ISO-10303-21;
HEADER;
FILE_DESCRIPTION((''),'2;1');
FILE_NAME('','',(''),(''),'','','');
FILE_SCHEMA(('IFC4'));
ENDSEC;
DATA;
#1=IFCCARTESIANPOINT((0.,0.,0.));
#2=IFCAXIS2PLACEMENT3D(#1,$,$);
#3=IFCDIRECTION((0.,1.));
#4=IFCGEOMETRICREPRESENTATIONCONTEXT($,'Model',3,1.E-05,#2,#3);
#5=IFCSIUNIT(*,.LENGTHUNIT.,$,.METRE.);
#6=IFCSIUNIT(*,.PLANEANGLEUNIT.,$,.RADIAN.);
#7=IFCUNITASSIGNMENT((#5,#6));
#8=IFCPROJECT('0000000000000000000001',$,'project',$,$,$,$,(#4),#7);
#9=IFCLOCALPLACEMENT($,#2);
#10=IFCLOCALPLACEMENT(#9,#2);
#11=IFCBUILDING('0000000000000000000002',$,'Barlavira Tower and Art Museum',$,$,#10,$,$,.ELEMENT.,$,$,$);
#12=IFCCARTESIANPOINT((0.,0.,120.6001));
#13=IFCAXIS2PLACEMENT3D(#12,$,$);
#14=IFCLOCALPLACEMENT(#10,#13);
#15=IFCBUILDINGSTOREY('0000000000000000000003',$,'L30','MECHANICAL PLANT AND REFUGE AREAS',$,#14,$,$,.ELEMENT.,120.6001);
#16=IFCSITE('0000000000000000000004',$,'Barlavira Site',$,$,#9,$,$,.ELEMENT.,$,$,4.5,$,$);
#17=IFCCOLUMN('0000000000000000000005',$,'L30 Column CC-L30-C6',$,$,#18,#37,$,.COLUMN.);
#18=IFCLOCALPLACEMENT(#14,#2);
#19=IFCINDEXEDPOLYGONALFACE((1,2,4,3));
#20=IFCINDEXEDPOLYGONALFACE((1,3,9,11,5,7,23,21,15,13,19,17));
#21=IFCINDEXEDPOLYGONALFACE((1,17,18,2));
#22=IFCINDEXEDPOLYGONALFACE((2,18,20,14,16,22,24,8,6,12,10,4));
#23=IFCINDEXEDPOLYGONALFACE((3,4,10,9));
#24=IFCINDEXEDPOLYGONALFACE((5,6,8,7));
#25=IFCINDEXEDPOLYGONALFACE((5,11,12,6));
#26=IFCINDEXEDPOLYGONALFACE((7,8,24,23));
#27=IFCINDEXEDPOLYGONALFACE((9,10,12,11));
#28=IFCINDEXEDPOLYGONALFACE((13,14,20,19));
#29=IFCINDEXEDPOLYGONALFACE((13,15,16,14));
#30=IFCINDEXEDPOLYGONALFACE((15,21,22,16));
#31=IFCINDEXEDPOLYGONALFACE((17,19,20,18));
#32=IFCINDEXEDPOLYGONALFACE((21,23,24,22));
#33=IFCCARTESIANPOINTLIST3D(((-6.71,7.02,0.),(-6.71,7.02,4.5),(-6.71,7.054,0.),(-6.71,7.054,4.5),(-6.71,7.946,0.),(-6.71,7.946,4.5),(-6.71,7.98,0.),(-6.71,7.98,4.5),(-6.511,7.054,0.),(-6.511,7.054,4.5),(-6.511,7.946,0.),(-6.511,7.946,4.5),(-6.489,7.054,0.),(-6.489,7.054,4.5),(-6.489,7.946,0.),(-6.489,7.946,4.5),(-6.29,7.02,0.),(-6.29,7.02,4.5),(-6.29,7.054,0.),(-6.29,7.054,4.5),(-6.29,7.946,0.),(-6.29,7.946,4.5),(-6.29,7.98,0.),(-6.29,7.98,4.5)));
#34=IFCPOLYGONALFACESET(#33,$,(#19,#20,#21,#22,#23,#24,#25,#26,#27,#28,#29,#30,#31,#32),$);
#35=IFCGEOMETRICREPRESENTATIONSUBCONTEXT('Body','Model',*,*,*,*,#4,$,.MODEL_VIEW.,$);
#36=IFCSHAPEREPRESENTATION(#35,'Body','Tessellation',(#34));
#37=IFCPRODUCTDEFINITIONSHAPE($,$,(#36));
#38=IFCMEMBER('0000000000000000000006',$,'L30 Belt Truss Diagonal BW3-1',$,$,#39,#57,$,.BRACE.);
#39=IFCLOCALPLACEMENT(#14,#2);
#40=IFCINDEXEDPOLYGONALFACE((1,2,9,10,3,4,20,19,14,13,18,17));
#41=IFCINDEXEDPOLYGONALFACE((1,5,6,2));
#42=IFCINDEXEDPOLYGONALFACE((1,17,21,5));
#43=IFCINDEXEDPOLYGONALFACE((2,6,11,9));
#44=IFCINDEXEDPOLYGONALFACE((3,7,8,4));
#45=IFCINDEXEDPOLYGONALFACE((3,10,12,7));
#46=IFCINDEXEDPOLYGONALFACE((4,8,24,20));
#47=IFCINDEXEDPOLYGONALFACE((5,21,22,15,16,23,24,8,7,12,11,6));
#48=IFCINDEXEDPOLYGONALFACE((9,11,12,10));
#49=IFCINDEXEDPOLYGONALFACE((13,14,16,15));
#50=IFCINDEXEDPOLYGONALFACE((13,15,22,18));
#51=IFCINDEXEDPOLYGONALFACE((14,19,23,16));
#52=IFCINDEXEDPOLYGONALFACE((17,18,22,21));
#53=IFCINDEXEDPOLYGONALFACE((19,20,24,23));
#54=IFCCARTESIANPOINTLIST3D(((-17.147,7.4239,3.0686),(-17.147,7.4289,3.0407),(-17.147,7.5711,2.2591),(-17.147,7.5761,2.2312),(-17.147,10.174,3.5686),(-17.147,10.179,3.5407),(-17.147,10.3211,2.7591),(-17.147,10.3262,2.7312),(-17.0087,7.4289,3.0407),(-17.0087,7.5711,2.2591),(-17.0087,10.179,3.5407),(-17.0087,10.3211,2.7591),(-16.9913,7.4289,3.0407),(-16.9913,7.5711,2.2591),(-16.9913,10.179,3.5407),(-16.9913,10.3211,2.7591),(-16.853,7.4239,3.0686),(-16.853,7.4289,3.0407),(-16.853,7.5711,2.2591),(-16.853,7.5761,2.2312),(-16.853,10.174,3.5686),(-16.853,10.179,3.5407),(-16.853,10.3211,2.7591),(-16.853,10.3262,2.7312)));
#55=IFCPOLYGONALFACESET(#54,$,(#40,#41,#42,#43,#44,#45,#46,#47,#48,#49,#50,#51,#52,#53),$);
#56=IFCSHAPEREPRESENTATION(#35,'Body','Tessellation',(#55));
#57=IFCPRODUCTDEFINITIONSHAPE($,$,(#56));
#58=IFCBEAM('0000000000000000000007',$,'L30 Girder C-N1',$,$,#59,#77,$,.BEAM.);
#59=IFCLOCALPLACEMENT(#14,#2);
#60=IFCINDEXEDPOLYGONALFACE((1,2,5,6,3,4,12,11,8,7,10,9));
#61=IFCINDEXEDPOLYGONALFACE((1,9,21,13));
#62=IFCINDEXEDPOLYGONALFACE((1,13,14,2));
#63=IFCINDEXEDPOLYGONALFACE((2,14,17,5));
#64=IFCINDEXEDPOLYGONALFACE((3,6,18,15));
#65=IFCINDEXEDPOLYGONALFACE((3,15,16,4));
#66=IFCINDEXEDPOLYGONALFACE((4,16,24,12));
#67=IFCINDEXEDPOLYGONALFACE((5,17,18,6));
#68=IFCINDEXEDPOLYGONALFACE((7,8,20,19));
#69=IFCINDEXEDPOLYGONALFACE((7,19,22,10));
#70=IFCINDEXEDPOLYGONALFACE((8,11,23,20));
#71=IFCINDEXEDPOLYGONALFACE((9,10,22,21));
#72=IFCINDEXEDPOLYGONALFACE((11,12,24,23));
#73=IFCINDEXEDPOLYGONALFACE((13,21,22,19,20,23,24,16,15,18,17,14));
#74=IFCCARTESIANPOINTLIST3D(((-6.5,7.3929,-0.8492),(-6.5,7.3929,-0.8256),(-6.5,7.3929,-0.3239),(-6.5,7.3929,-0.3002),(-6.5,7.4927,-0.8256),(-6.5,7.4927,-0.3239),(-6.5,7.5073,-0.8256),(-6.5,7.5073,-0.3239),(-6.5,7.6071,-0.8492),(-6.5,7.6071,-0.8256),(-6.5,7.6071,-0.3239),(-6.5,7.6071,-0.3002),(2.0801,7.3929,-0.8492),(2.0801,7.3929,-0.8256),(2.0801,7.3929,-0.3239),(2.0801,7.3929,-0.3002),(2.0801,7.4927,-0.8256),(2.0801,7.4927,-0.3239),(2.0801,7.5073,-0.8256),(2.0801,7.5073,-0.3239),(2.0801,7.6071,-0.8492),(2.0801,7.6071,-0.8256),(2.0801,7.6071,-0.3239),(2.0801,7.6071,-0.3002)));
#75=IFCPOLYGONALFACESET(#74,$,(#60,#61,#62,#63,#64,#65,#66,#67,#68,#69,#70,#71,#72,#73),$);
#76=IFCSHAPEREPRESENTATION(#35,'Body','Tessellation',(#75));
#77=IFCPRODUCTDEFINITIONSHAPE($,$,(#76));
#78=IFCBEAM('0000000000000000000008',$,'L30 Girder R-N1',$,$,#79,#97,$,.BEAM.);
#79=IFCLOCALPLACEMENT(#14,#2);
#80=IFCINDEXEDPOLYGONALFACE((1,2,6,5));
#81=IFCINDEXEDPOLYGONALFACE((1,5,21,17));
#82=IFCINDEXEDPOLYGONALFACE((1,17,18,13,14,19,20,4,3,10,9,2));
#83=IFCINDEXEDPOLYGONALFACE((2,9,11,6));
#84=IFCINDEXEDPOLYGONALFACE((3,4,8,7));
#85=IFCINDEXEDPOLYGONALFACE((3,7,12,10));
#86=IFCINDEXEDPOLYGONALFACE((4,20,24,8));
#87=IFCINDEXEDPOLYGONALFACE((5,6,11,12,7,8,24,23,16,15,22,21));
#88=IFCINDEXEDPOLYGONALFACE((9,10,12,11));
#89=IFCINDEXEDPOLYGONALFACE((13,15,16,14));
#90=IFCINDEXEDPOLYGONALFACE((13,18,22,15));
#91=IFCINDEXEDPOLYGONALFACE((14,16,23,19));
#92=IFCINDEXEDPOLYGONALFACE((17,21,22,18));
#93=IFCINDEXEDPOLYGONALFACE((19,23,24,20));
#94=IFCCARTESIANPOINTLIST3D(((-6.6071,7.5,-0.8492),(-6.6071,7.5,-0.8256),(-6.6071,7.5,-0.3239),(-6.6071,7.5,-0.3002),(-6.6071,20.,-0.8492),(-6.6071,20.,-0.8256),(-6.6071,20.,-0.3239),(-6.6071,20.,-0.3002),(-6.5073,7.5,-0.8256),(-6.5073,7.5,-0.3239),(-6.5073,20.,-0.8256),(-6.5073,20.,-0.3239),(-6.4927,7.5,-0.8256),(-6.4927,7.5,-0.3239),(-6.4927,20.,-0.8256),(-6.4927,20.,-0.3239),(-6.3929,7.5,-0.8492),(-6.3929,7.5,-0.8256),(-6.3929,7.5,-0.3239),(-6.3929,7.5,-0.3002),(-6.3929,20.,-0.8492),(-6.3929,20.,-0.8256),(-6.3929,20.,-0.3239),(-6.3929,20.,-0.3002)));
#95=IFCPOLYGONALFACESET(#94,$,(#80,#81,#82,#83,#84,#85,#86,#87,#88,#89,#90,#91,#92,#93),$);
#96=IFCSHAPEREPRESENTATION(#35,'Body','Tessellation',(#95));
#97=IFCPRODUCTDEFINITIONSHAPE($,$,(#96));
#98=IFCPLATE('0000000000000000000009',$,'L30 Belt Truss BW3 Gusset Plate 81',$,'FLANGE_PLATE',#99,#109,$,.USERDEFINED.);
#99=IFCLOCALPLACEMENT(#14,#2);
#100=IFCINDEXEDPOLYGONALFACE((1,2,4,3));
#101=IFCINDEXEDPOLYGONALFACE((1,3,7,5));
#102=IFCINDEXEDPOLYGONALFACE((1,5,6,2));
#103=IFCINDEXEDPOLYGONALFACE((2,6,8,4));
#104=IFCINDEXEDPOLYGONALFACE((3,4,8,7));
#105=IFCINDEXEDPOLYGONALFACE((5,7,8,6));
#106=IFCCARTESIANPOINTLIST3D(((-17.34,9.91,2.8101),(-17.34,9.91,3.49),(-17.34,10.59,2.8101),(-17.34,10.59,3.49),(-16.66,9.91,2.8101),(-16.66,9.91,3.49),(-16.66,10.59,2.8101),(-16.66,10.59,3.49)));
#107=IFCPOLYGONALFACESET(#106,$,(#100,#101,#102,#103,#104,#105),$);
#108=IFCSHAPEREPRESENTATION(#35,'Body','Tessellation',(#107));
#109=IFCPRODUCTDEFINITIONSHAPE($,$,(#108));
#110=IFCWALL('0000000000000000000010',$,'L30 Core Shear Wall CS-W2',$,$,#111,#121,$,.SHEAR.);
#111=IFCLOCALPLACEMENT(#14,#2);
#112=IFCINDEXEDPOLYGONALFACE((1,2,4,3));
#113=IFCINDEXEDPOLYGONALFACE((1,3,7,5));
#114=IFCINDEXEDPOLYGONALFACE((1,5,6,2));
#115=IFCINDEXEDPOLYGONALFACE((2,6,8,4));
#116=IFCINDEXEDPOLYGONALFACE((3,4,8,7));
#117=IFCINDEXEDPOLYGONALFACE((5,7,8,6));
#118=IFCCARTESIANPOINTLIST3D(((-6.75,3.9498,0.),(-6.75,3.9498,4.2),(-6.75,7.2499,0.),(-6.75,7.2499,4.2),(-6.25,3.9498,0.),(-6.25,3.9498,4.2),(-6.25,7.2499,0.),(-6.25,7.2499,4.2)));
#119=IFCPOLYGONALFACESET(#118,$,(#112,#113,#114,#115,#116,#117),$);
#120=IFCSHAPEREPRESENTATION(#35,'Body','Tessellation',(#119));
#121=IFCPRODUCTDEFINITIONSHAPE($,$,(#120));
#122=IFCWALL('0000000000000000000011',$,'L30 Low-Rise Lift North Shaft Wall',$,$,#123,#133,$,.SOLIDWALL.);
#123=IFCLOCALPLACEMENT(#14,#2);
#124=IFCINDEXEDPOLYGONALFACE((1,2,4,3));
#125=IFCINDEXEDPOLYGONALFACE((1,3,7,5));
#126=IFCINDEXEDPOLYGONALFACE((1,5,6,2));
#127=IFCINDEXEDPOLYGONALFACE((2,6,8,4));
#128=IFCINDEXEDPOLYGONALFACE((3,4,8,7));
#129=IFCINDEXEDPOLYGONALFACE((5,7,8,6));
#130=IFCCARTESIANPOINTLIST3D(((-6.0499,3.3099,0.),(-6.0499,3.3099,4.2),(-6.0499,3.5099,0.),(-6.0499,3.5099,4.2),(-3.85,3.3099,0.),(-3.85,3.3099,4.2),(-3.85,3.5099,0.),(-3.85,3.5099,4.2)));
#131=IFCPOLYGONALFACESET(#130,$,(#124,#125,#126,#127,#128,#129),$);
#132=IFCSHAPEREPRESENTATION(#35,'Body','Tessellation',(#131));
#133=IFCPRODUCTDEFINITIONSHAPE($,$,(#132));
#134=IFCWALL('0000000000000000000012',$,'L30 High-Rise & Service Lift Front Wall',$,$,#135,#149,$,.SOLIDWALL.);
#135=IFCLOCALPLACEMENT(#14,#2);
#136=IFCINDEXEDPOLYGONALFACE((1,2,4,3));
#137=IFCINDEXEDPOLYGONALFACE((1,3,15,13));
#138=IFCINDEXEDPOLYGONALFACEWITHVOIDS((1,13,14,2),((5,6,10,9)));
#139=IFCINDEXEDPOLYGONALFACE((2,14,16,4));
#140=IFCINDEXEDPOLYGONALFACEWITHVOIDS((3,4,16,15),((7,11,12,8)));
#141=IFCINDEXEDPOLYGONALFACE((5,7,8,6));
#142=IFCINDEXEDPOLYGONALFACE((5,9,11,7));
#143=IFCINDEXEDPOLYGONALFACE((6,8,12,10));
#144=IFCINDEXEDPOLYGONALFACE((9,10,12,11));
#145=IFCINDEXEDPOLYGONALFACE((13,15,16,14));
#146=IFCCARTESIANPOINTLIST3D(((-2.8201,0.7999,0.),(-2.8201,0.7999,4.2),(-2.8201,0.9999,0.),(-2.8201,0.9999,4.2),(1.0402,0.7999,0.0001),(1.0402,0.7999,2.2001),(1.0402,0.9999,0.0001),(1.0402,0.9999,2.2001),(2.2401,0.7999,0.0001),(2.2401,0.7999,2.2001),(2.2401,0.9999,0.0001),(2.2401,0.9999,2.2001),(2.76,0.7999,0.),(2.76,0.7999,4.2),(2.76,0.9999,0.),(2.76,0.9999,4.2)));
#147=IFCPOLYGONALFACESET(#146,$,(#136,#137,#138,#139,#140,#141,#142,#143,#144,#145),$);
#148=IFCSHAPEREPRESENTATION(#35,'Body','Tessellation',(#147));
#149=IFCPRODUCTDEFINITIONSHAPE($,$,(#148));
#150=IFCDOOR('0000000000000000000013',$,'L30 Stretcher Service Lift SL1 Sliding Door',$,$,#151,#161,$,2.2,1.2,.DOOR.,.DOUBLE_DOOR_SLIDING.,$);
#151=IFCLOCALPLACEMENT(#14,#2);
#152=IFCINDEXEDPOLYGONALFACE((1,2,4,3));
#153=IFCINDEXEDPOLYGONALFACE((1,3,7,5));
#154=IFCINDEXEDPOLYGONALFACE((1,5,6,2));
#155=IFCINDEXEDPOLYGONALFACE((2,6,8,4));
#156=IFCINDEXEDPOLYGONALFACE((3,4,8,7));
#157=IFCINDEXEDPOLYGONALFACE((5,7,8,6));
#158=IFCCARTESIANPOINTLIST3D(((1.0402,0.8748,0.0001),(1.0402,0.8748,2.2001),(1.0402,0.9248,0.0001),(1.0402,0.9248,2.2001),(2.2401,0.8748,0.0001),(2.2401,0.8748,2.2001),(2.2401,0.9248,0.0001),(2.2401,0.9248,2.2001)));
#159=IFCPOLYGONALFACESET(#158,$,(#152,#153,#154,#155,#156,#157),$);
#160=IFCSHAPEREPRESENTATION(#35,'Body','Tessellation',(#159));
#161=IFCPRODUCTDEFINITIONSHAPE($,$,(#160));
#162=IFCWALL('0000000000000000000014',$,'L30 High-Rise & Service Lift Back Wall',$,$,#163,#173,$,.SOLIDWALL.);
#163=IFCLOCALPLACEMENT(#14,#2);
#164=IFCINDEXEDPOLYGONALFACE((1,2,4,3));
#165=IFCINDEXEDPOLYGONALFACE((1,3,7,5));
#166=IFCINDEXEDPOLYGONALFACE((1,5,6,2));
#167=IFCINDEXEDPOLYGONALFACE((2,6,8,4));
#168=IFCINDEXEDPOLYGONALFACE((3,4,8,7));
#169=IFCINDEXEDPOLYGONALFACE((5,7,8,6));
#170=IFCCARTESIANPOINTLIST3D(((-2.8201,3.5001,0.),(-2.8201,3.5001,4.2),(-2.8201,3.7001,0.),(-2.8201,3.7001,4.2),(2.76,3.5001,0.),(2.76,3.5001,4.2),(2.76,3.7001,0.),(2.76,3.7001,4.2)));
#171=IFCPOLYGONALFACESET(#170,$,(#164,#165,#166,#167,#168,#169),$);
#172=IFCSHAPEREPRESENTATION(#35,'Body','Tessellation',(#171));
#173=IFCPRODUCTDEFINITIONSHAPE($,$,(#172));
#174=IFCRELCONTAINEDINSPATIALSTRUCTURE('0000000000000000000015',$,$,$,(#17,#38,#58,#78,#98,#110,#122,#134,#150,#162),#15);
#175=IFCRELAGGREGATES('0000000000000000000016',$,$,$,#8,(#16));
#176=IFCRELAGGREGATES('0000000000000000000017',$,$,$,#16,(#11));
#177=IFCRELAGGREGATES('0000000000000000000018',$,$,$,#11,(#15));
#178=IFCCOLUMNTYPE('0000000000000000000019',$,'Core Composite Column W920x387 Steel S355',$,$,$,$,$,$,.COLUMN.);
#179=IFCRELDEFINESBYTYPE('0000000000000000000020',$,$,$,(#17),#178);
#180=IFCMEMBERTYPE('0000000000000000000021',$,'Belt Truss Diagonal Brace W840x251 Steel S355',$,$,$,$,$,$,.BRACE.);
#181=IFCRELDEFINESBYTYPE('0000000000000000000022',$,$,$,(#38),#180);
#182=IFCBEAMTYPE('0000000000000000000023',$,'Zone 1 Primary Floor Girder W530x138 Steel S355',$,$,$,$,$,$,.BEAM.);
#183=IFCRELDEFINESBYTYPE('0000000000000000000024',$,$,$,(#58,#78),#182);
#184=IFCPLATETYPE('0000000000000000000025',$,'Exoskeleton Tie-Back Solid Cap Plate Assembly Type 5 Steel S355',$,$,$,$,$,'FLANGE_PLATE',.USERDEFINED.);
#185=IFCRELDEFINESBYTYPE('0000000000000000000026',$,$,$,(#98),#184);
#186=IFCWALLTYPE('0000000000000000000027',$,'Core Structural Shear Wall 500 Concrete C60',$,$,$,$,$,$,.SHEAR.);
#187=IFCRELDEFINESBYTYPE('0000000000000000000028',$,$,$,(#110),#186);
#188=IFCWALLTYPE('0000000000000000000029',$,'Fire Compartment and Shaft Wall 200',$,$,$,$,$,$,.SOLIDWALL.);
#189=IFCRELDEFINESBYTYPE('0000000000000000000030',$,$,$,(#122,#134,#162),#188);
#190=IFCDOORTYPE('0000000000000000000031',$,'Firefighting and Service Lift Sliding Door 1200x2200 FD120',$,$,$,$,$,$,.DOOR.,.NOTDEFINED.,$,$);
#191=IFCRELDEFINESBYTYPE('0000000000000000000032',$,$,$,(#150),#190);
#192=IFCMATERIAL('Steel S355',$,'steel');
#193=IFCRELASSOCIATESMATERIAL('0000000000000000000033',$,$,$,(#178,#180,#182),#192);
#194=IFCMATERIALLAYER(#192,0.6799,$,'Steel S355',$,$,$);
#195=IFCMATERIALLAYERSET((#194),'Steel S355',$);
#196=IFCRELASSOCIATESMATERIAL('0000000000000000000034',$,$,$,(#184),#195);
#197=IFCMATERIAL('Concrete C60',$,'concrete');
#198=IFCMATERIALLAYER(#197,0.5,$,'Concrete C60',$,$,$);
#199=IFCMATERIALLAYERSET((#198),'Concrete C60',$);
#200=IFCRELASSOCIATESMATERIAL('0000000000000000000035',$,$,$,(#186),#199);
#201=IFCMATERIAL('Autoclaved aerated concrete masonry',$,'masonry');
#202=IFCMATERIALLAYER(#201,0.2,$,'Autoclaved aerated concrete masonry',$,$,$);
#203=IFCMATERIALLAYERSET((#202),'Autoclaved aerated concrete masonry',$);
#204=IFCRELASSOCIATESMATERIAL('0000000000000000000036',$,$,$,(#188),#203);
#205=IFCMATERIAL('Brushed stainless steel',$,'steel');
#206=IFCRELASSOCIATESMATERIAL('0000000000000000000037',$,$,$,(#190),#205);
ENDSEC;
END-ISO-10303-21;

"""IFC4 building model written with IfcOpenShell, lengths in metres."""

from ifc_helpers import new_model, si_unit, direction, frame, frame_2d, origin, origin_2d, place, context, subcontext, project, spatial, rectangle, i_section, extrude, material, layer, layer_set, material_profile, profile_set, type_object, element, fill, save


model = new_model("IFC4")

# Units and contexts
model_context = context("Model", 3, precision=1e-05, world=origin(), true_north=direction((0.0, 1.0)))
body_context = subcontext(model_context, "Body", "Model", "MODEL_VIEW")
ifc_project = project(units=[si_unit("LENGTHUNIT", "METRE"), si_unit("PLANEANGLEUNIT", "RADIAN")], contexts=[model_context])

# Site, building, storey
site_placement = place(None, origin())
site = spatial("IfcSite", under=ifc_project, at=site_placement, Name="Barlavira Site", CompositionType="ELEMENT", RefElevation=4.5)
building_placement = place(site_placement, origin())
building = spatial("IfcBuilding", under=site, at=building_placement, Name="Barlavira Tower and Art Museum", CompositionType="ELEMENT")
storey_placement = place(building_placement, frame((0.0, 0.0, 120.6001)))
storey = spatial("IfcBuildingStorey", under=building, at=storey_placement, Name="L30", Description="MECHANICAL PLANT AND REFUGE AREAS", CompositionType="ELEMENT", Elevation=120.6001)

# Column
ifc_material_1 = material(Name="Steel S355", Category="steel")
ifc_material_profile_1 = material_profile(ifc_material_1, i_section(OverallWidth=0.4199, OverallDepth=0.96, WebThickness=0.022, FlangeThickness=0.0339, at=origin_2d()), Name="W920x387.0")
ifc_profile_set_1 = profile_set([ifc_material_profile_1], Name="Steel S355")
column_type = type_object("IfcColumnType", Name="Core Composite Column W920x387 Steel S355", PredefinedType="COLUMN", material=ifc_profile_set_1)
column_placement = place(storey_placement, frame((-6.5, 7.5, 0.0), z_axis=(0.0, 0.0, 1.0), x_axis=(1.0, 0.0, 0.0)))
element("IfcColumn", 1, at=column_placement, inside=storey, type_object=column_type, Name="L30 Column CC-L30-C6", PredefinedType="COLUMN", context=body_context, shape_type="SweptSolid", body=[
    extrude(i_section(OverallWidth=0.4199, OverallDepth=0.96, WebThickness=0.022, FlangeThickness=0.0339, at=origin_2d()), origin(), (0.0, 0.0, 1.0), 4.5),
])

# Member
ifc_material_profile_2 = material_profile(ifc_material_1, i_section(OverallWidth=0.2939, OverallDepth=0.8511, WebThickness=0.0173, FlangeThickness=0.0283, at=origin_2d()), Name="W840x251.0")
ifc_profile_set_2 = profile_set([ifc_material_profile_2], Name="Steel S355")
member_type = type_object("IfcMemberType", Name="Belt Truss Diagonal Brace W840x251 Steel S355", PredefinedType="BRACE", material=ifc_profile_set_2)
member_placement = place(storey_placement, frame((-17.0, 7.5, 2.6499), z_axis=(0.0, 0.98387, 0.178885), x_axis=(-1.0, 0.0, 0.0)))
element("IfcMember", 2, at=member_placement, inside=storey, type_object=member_type, Name="L30 Belt Truss Diagonal BW3-1", PredefinedType="BRACE", context=body_context, shape_type="SweptSolid", body=[
    extrude(i_section(OverallWidth=0.2939, OverallDepth=0.8511, WebThickness=0.0173, FlangeThickness=0.0283, at=origin_2d()), origin(), (0.0, 0.0, 1.0), 2.7952),
])

# Beams
ifc_material_profile_3 = material_profile(ifc_material_1, i_section(OverallWidth=0.2141, OverallDepth=0.5491, WebThickness=0.0146, FlangeThickness=0.0237, at=origin_2d()), Name="W530x138.0")
ifc_profile_set_3 = profile_set([ifc_material_profile_3], Name="Steel S355")
beam_type = type_object("IfcBeamType", Name="Zone 1 Primary Floor Girder W530x138 Steel S355", PredefinedType="BEAM", material=ifc_profile_set_3)
beam_1_placement = place(storey_placement, frame((-6.5, 7.5, -0.5747), z_axis=(1.0, 0.0, 0.0), x_axis=(0.0, 1.0, 0.0)))
element("IfcBeam", 3, at=beam_1_placement, inside=storey, type_object=beam_type, Name="L30 Girder C-N1", PredefinedType="BEAM", context=body_context, shape_type="SweptSolid", body=[
    extrude(i_section(OverallWidth=0.2141, OverallDepth=0.5491, WebThickness=0.0146, FlangeThickness=0.0237, at=origin_2d()), origin(), (0.0, 0.0, 1.0), 8.5801),
])
beam_2_placement = place(storey_placement, frame((-6.5, 7.5, -0.5747), z_axis=(0.0, 1.0, 0.0), x_axis=(-1.0, 0.0, 0.0)))
element("IfcBeam", 4, at=beam_2_placement, inside=storey, type_object=beam_type, Name="L30 Girder R-N1", PredefinedType="BEAM", context=body_context, shape_type="SweptSolid", body=[
    extrude(i_section(OverallWidth=0.2141, OverallDepth=0.5491, WebThickness=0.0146, FlangeThickness=0.0237, at=origin_2d()), origin(), (0.0, 0.0, 1.0), 12.5),
])

# Plate
ifc_layer_1 = layer(ifc_material_1, 0.6799, Name="Steel S355")
ifc_layer_set_1 = layer_set([ifc_layer_1], Name="Steel S355")
plate_type = type_object("IfcPlateType", Name="Exoskeleton Tie-Back Solid Cap Plate Assembly Type 5 Steel S355", ElementType="FLANGE_PLATE", PredefinedType="USERDEFINED", material=ifc_layer_set_1)
plate_placement = place(storey_placement, frame((-17.0, 10.25, 2.8101), z_axis=(0.0, 0.0, 1.0), x_axis=(1.0, 0.0, 0.0)))
element("IfcPlate", 5, at=plate_placement, inside=storey, type_object=plate_type, Name="L30 Belt Truss BW3 Gusset Plate 81", ObjectType="FLANGE_PLATE", PredefinedType="USERDEFINED", context=body_context, shape_type="SweptSolid", body=[
    extrude(rectangle(XDim=0.6799, YDim=0.6799, at=origin_2d()), origin(), (0.0, 0.0, 1.0), 0.6799),
])

# Shared definitions
ifc_material_2 = material(Name="Concrete C60", Category="concrete")
ifc_layer_2 = layer(ifc_material_2, 0.5, Name="Concrete C60")
ifc_layer_set_2 = layer_set([ifc_layer_2], Name="Concrete C60")
wall_type_1 = type_object("IfcWallType", Name="Core Structural Shear Wall 500 Concrete C60", PredefinedType="SHEAR", material=ifc_layer_set_2)
ifc_material_3 = material(Name="Brushed stainless steel", Category="steel")

# Walls
wall_1_placement = place(storey_placement, frame((-6.5, 3.95, 0.0), z_axis=(0.0, 0.0, 1.0), x_axis=(0.0, 1.0, 0.0)))
element("IfcWall", 6, at=wall_1_placement, inside=storey, type_object=wall_type_1, Name="L30 Core Shear Wall CS-W2", PredefinedType="SHEAR", context=body_context, shape_type="SweptSolid", body=[
    extrude(rectangle(XDim=3.3, YDim=0.5, at=frame_2d((1.6499, 0.0))), origin(), (0.0, 0.0, 1.0), 4.2),
])
ifc_material_4 = material(Name="Autoclaved aerated concrete masonry", Category="masonry")
ifc_layer_3 = layer(ifc_material_4, 0.2, Name="Autoclaved aerated concrete masonry")
ifc_layer_set_3 = layer_set([ifc_layer_3], Name="Autoclaved aerated concrete masonry")
wall_type_2 = type_object("IfcWallType", Name="Fire Compartment and Shaft Wall 200", PredefinedType="SOLIDWALL", material=ifc_layer_set_3)
wall_2_placement = place(storey_placement, frame((-6.05, 3.4099, 0.0), z_axis=(0.0, 0.0, 1.0), x_axis=(1.0, 0.0, 0.0)))
element("IfcWall", 7, at=wall_2_placement, inside=storey, type_object=wall_type_2, Name="L30 Low-Rise Lift North Shaft Wall", PredefinedType="SOLIDWALL", context=body_context, shape_type="SweptSolid", body=[
    extrude(rectangle(XDim=2.2, YDim=0.2, at=frame_2d((1.1001, 0.0))), origin(), (0.0, 0.0, 1.0), 4.2),
])

# Wall, opening, door
wall_3_placement = place(storey_placement, frame((-2.8201, 0.8999, 0.0), z_axis=(0.0, 0.0, 1.0), x_axis=(1.0, 0.0, 0.0)))
wall_3 = element("IfcWall", 8, at=wall_3_placement, inside=storey, type_object=wall_type_2, Name="L30 High-Rise & Service Lift Front Wall", PredefinedType="SOLIDWALL", context=body_context, shape_type="SweptSolid", body=[
    extrude(rectangle(XDim=5.5801, YDim=0.2, at=frame_2d((2.79, 0.0))), origin(), (0.0, 0.0, 1.0), 4.2),
])
opening_1_placement = place(wall_3_placement, frame((3.8601, 0.0, 0.0)))
opening_1 = element("IfcOpeningElement", 9, at=opening_1_placement, cuts=wall_3, PredefinedType="OPENING", context=body_context, shape_type="SweptSolid", body=[
    extrude(rectangle(XDim=1.2, YDim=2.2, at=frame_2d((0.6001, 1.1001))), frame((0.0, 0.1099, 0.0), z_axis=(0.0, -1.0, 0.0), x_axis=(1.0, 0.0, 0.0)), (0.0, 0.0, 1.0), 0.22),
])
door_type_1 = type_object("IfcDoorType", Name="Firefighting and Service Lift Sliding Door 1200x2200 FD120", OperationType="NOTDEFINED", PredefinedType="DOOR", material=ifc_material_3)
door_1_placement = place(opening_1_placement, origin())
door_1 = element("IfcDoor", 10, at=door_1_placement, inside=storey, type_object=door_type_1, Name="L30 Stretcher Service Lift SL1 Sliding Door", OperationType="DOUBLE_DOOR_SLIDING", OverallHeight=2.2, OverallWidth=1.2, PredefinedType="DOOR", context=body_context, shape_type="SweptSolid", body=[
    extrude(rectangle(XDim=1.2, YDim=2.2, at=frame_2d((0.6001, 1.1001))), frame((0.0, 0.0249, 0.0), z_axis=(0.0, -1.0, 0.0), x_axis=(1.0, 0.0, 0.0)), (0.0, 0.0, 1.0), 0.05),
])
fill(opening_1, door_1)

# Wall
wall_4_placement = place(storey_placement, frame((-2.8201, 3.6001, 0.0), z_axis=(0.0, 0.0, 1.0), x_axis=(1.0, 0.0, 0.0)))
element("IfcWall", 11, at=wall_4_placement, inside=storey, type_object=wall_type_2, Name="L30 High-Rise & Service Lift Back Wall", PredefinedType="SOLIDWALL", context=body_context, shape_type="SweptSolid", body=[
    extrude(rectangle(XDim=5.5801, YDim=0.2, at=frame_2d((2.79, 0.0))), origin(), (0.0, 0.0, 1.0), 4.2),
])

save(model, "model.ifc")
